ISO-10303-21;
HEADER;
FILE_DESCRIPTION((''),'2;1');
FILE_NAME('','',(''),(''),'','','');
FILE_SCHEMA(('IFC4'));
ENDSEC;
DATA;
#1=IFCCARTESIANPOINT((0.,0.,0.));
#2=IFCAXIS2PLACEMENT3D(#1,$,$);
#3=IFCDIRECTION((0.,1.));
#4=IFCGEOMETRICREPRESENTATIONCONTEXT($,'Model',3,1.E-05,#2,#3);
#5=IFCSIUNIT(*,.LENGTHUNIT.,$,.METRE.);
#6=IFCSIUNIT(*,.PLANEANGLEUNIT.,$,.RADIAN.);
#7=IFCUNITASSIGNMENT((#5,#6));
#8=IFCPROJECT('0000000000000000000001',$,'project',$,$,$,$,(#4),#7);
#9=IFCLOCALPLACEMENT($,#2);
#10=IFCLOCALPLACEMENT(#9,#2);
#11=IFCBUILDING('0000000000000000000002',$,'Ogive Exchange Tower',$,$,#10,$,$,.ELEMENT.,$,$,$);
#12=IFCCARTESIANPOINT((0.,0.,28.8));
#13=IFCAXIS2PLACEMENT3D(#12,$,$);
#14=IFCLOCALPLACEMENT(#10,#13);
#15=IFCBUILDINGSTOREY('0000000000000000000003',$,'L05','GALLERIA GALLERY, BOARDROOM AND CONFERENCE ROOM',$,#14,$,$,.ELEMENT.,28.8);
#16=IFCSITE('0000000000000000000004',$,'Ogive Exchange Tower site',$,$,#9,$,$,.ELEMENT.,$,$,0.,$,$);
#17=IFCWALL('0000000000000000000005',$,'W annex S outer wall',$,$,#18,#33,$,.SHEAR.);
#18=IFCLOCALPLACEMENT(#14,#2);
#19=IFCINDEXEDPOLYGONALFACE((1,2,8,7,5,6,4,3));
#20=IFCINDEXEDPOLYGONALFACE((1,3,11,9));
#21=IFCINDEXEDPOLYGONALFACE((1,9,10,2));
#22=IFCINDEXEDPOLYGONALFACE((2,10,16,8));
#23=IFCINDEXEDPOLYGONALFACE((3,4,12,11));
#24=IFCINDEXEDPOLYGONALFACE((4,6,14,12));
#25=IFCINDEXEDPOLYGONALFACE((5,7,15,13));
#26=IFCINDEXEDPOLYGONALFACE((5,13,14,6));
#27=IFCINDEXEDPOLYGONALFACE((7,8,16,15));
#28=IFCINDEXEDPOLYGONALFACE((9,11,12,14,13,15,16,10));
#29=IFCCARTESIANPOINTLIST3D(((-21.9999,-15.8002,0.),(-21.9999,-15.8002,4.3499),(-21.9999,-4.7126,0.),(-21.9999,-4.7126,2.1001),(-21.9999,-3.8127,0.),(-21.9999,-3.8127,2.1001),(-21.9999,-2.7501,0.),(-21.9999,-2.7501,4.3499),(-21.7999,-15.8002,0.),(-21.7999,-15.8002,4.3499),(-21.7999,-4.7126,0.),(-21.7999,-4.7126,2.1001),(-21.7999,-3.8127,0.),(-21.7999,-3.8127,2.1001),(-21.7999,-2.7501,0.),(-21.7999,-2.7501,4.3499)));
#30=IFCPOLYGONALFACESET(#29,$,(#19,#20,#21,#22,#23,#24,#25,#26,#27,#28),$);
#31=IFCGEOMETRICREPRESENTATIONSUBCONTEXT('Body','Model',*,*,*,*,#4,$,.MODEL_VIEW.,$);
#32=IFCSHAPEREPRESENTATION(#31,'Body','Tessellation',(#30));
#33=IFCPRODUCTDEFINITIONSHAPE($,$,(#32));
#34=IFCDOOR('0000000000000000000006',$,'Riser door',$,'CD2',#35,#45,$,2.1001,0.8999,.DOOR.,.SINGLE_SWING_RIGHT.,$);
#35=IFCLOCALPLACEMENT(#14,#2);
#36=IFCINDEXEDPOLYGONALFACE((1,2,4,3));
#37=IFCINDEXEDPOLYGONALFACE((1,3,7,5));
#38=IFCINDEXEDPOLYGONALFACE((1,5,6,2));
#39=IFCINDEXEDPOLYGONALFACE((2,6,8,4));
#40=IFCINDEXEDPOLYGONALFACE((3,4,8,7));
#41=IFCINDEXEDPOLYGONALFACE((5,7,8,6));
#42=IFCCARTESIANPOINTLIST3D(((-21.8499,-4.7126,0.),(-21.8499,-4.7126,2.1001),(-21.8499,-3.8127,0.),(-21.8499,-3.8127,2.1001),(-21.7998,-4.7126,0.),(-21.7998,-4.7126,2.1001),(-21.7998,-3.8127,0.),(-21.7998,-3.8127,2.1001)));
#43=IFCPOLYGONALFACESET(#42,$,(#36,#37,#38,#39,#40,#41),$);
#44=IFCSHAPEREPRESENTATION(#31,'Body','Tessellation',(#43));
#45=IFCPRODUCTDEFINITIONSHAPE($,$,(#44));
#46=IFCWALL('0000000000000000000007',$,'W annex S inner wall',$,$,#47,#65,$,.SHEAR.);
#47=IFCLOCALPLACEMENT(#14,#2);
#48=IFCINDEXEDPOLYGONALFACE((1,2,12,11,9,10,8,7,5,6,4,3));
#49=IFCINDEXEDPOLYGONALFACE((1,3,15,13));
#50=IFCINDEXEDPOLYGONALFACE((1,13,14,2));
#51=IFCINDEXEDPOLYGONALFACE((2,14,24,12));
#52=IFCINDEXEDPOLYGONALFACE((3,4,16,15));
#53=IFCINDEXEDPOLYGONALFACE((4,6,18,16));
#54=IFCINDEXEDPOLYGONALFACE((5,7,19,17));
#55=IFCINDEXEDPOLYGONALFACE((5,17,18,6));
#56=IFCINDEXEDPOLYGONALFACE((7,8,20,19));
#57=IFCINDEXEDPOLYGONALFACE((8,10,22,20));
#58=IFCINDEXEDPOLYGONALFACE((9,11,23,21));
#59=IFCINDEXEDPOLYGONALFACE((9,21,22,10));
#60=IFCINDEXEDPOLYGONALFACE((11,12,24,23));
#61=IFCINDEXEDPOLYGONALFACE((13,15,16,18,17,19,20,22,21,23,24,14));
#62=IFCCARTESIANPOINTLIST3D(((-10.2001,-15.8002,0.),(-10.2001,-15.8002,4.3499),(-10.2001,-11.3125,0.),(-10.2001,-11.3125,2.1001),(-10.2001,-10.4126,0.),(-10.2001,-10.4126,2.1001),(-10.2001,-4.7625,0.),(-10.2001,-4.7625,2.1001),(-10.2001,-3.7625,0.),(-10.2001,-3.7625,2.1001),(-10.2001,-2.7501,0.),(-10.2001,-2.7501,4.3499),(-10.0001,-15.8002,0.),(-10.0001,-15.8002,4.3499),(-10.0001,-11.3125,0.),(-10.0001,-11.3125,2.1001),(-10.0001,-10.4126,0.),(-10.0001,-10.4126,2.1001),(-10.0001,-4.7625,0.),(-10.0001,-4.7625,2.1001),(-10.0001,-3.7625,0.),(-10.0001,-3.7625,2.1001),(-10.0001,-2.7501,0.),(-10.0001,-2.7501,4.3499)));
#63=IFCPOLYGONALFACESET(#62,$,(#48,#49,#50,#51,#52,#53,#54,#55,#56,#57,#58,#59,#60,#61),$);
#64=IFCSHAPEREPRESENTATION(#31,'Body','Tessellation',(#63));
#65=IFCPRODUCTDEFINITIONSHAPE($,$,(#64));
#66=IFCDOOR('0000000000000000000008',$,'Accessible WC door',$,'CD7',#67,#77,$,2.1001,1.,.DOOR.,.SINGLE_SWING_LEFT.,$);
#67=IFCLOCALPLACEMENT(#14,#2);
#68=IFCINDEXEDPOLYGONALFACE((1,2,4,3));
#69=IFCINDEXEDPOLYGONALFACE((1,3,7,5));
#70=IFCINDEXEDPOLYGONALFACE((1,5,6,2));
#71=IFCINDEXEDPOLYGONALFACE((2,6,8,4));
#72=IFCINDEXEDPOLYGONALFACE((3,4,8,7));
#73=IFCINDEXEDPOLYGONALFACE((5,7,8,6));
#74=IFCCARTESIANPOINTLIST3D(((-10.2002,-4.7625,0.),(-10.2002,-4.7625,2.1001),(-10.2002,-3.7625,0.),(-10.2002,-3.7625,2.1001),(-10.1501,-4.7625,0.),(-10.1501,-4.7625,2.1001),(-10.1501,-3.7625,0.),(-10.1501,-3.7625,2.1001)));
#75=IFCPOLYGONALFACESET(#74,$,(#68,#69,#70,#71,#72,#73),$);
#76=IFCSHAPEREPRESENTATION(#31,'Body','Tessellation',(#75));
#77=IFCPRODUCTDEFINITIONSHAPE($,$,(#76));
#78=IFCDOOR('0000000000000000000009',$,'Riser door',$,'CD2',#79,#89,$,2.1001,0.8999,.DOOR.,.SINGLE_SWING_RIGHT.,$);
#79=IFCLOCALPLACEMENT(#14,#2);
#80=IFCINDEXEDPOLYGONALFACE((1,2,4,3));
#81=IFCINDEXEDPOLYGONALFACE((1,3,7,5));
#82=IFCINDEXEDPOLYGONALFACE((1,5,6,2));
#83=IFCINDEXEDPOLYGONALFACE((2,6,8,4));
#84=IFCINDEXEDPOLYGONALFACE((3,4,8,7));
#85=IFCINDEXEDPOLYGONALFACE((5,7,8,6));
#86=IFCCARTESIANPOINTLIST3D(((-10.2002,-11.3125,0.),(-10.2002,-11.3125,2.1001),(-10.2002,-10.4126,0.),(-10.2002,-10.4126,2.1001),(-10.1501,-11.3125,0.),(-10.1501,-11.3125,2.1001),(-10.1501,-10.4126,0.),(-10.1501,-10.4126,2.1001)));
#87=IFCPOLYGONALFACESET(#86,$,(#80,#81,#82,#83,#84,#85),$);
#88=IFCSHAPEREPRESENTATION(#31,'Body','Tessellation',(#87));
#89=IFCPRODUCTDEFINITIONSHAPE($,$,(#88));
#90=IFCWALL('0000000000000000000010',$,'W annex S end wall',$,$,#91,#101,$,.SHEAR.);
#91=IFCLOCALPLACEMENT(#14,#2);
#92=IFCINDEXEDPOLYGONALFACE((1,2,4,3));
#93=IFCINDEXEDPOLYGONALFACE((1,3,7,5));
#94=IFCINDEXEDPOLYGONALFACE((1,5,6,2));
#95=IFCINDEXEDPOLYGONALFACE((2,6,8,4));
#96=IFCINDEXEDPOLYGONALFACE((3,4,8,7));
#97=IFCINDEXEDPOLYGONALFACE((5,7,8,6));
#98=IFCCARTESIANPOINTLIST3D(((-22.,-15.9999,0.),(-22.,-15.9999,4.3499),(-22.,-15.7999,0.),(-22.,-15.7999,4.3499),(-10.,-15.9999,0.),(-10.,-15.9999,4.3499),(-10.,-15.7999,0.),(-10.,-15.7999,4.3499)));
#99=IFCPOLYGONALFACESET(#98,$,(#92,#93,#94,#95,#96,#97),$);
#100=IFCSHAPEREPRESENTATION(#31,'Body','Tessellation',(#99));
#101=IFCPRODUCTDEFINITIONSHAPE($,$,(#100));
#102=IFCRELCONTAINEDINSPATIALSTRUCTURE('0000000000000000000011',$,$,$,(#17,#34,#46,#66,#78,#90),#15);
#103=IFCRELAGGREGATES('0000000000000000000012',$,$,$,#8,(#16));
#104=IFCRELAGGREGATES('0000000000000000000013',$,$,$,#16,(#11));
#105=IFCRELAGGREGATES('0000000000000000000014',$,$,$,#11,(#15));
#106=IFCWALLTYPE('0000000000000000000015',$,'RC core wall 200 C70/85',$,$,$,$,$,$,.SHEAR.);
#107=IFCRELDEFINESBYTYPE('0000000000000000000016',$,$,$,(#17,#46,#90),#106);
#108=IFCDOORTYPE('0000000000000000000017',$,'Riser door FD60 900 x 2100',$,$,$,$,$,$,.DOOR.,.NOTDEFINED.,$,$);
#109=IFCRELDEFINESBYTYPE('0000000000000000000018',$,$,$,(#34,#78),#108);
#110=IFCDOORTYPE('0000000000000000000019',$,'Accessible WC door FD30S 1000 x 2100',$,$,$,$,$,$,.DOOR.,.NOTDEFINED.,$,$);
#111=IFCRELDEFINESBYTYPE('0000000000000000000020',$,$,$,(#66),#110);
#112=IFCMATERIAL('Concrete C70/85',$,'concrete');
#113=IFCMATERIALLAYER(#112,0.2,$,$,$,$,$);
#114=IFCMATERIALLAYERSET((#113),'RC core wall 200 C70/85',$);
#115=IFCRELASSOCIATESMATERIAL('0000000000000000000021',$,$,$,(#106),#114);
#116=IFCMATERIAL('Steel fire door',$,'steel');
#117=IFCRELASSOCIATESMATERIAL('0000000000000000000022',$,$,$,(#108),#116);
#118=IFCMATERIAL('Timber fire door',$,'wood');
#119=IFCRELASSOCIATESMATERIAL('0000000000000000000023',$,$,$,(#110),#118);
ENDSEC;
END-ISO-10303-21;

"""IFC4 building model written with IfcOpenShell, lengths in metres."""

from ifc_helpers import new_model, si_unit, direction, frame, frame_2d, origin, place, context, subcontext, project, spatial, rectangle, extrude, material, layer, layer_set, type_object, element, fill, save


model = new_model("IFC4")

# Units and contexts
model_context = context("Model", 3, precision=1e-05, world=origin(), true_north=direction((0.0, 1.0)))
body_context = subcontext(model_context, "Body", "Model", "MODEL_VIEW")
ifc_project = project(units=[si_unit("LENGTHUNIT", "METRE"), si_unit("PLANEANGLEUNIT", "RADIAN")], contexts=[model_context])

# Site, building, storey
site_placement = place(None, origin())
site = spatial("IfcSite", under=ifc_project, at=site_placement, Name="Ogive Exchange Tower site", CompositionType="ELEMENT", RefElevation=0.0)
building_placement = place(site_placement, origin())
building = spatial("IfcBuilding", under=site, at=building_placement, Name="Ogive Exchange Tower", CompositionType="ELEMENT")
storey_placement = place(building_placement, frame((0.0, 0.0, 28.8)))
storey = spatial("IfcBuildingStorey", under=building, at=storey_placement, Name="L05", Description="GALLERIA GALLERY, BOARDROOM AND CONFERENCE ROOM", CompositionType="ELEMENT", Elevation=28.8)

# Shared definitions
ifc_material_1 = material(Name="Concrete C70/85", Category="concrete")

# Wall, opening, door
ifc_layer_1 = layer(ifc_material_1, 0.2)
ifc_layer_set_1 = layer_set([ifc_layer_1], Name="RC core wall 200 C70/85")
wall_type_1 = type_object("IfcWallType", Name="RC core wall 200 C70/85", PredefinedType="SHEAR", material=ifc_layer_set_1)
wall_1_placement = place(storey_placement, frame((-21.8999, -15.8, 0.0), z_axis=(0.0, 0.0, 1.0), x_axis=(0.0, 1.0, 0.0)))
wall_1 = element("IfcWall", 1, at=wall_1_placement, inside=storey, type_object=wall_type_1, Name="W annex S outer wall", PredefinedType="SHEAR", context=body_context, shape_type="SweptSolid", body=[
    extrude(rectangle(XDim=13.05, YDim=0.2, at=frame_2d((6.5249, 0.0))), origin(), (0.0, 0.0, 1.0), 4.3499),
])
opening_1_placement = place(wall_1_placement, frame((11.0874, 0.0, 0.0)))
opening_1 = element("IfcOpeningElement", 2, at=opening_1_placement, cuts=wall_1, PredefinedType="OPENING", context=body_context, shape_type="SweptSolid", body=[
    extrude(rectangle(XDim=0.8999, YDim=2.1001, at=frame_2d((0.45, 1.05))), frame((0.0, 0.1099, 0.0), z_axis=(0.0, -1.0, 0.0), x_axis=(1.0, 0.0, 0.0)), (0.0, 0.0, 1.0), 0.22),
])
ifc_material_2 = material(Name="Steel fire door", Category="steel")
door_type_1 = type_object("IfcDoorType", Name="Riser door FD60 900 x 2100", OperationType="NOTDEFINED", PredefinedType="DOOR", material=ifc_material_2)
door_1_placement = place(opening_1_placement, frame((0.8999, -0.1499, 0.0), z_axis=(0.0, 0.0, 1.0), x_axis=(-1.0, 0.0, 0.0)))
door_1 = element("IfcDoor", 3, at=door_1_placement, inside=storey, type_object=door_type_1, Name="Riser door", ObjectType="CD2", OperationType="SINGLE_SWING_RIGHT", OverallHeight=2.1001, OverallWidth=0.8999, PredefinedType="DOOR", context=body_context, shape_type="SweptSolid", body=[
    extrude(rectangle(XDim=0.8999, YDim=2.1001, at=frame_2d((0.45, 1.05))), frame((0.0, -0.0498, 0.0), z_axis=(0.0, -1.0, 0.0), x_axis=(1.0, 0.0, 0.0)), (0.0, 0.0, 1.0), 0.05),
])
fill(opening_1, door_1)

# Wall, openings, doors
wall_2_placement = place(storey_placement, frame((-10.1001, -15.8, 0.0), z_axis=(0.0, 0.0, 1.0), x_axis=(0.0, 1.0, 0.0)))
wall_2 = element("IfcWall", 4, at=wall_2_placement, inside=storey, type_object=wall_type_1, Name="W annex S inner wall", PredefinedType="SHEAR", context=body_context, shape_type="SweptSolid", body=[
    extrude(rectangle(XDim=13.05, YDim=0.2, at=frame_2d((6.5249, 0.0))), origin(), (0.0, 0.0, 1.0), 4.3499),
])
opening_2_placement = place(wall_2_placement, frame((4.4875, 0.0, 0.0)))
opening_2 = element("IfcOpeningElement", 5, at=opening_2_placement, cuts=wall_2, PredefinedType="OPENING", context=body_context, shape_type="SweptSolid", body=[
    extrude(rectangle(XDim=0.8999, YDim=2.1001, at=frame_2d((0.45, 1.05))), frame((0.0, 0.1099, 0.0), z_axis=(0.0, -1.0, 0.0), x_axis=(1.0, 0.0, 0.0)), (0.0, 0.0, 1.0), 0.22),
])
opening_3_placement = place(wall_2_placement, frame((11.0376, 0.0, 0.0)))
opening_3 = element("IfcOpeningElement", 6, at=opening_3_placement, cuts=wall_2, PredefinedType="OPENING", context=body_context, shape_type="SweptSolid", body=[
    extrude(rectangle(XDim=1.0, YDim=2.1001, at=frame_2d((0.5, 1.05))), frame((0.0, 0.1099, 0.0), z_axis=(0.0, -1.0, 0.0), x_axis=(1.0, 0.0, 0.0)), (0.0, 0.0, 1.0), 0.22),
])
ifc_material_3 = material(Name="Timber fire door", Category="wood")
door_type_2 = type_object("IfcDoorType", Name="Accessible WC door FD30S 1000 x 2100", OperationType="NOTDEFINED", PredefinedType="DOOR", material=ifc_material_3)
door_2_placement = place(opening_3_placement, origin())
door_2 = element("IfcDoor", 7, at=door_2_placement, inside=storey, type_object=door_type_2, Name="Accessible WC door", ObjectType="CD7", OperationType="SINGLE_SWING_LEFT", OverallHeight=2.1001, OverallWidth=1.0, PredefinedType="DOOR", context=body_context, shape_type="SweptSolid", body=[
    extrude(rectangle(XDim=1.0, YDim=2.1001, at=frame_2d((0.5, 1.05))), frame((0.0, 0.1001, 0.0), z_axis=(0.0, -1.0, 0.0), x_axis=(1.0, 0.0, 0.0)), (0.0, 0.0, 1.0), 0.05),
])
fill(opening_3, door_2)
door_3_placement = place(opening_2_placement, origin())
door_3 = element("IfcDoor", 8, at=door_3_placement, inside=storey, type_object=door_type_1, Name="Riser door", ObjectType="CD2", OperationType="SINGLE_SWING_RIGHT", OverallHeight=2.1001, OverallWidth=0.8999, PredefinedType="DOOR", context=body_context, shape_type="SweptSolid", body=[
    extrude(rectangle(XDim=0.8999, YDim=2.1001, at=frame_2d((0.45, 1.05))), frame((0.0, 0.1001, 0.0), z_axis=(0.0, -1.0, 0.0), x_axis=(1.0, 0.0, 0.0)), (0.0, 0.0, 1.0), 0.05),
])
fill(opening_2, door_3)

# Wall
wall_3_placement = place(storey_placement, frame((-22.0, -15.8999, 0.0), z_axis=(0.0, 0.0, 1.0), x_axis=(1.0, 0.0, 0.0)))
element("IfcWall", 9, at=wall_3_placement, inside=storey, type_object=wall_type_1, Name="W annex S end wall", PredefinedType="SHEAR", context=body_context, shape_type="SweptSolid", body=[
    extrude(rectangle(XDim=12.0, YDim=0.2, at=frame_2d((6.0, 0.0))), origin(), (0.0, 0.0, 1.0), 4.3499),
])

save(model, "model.ifc")
